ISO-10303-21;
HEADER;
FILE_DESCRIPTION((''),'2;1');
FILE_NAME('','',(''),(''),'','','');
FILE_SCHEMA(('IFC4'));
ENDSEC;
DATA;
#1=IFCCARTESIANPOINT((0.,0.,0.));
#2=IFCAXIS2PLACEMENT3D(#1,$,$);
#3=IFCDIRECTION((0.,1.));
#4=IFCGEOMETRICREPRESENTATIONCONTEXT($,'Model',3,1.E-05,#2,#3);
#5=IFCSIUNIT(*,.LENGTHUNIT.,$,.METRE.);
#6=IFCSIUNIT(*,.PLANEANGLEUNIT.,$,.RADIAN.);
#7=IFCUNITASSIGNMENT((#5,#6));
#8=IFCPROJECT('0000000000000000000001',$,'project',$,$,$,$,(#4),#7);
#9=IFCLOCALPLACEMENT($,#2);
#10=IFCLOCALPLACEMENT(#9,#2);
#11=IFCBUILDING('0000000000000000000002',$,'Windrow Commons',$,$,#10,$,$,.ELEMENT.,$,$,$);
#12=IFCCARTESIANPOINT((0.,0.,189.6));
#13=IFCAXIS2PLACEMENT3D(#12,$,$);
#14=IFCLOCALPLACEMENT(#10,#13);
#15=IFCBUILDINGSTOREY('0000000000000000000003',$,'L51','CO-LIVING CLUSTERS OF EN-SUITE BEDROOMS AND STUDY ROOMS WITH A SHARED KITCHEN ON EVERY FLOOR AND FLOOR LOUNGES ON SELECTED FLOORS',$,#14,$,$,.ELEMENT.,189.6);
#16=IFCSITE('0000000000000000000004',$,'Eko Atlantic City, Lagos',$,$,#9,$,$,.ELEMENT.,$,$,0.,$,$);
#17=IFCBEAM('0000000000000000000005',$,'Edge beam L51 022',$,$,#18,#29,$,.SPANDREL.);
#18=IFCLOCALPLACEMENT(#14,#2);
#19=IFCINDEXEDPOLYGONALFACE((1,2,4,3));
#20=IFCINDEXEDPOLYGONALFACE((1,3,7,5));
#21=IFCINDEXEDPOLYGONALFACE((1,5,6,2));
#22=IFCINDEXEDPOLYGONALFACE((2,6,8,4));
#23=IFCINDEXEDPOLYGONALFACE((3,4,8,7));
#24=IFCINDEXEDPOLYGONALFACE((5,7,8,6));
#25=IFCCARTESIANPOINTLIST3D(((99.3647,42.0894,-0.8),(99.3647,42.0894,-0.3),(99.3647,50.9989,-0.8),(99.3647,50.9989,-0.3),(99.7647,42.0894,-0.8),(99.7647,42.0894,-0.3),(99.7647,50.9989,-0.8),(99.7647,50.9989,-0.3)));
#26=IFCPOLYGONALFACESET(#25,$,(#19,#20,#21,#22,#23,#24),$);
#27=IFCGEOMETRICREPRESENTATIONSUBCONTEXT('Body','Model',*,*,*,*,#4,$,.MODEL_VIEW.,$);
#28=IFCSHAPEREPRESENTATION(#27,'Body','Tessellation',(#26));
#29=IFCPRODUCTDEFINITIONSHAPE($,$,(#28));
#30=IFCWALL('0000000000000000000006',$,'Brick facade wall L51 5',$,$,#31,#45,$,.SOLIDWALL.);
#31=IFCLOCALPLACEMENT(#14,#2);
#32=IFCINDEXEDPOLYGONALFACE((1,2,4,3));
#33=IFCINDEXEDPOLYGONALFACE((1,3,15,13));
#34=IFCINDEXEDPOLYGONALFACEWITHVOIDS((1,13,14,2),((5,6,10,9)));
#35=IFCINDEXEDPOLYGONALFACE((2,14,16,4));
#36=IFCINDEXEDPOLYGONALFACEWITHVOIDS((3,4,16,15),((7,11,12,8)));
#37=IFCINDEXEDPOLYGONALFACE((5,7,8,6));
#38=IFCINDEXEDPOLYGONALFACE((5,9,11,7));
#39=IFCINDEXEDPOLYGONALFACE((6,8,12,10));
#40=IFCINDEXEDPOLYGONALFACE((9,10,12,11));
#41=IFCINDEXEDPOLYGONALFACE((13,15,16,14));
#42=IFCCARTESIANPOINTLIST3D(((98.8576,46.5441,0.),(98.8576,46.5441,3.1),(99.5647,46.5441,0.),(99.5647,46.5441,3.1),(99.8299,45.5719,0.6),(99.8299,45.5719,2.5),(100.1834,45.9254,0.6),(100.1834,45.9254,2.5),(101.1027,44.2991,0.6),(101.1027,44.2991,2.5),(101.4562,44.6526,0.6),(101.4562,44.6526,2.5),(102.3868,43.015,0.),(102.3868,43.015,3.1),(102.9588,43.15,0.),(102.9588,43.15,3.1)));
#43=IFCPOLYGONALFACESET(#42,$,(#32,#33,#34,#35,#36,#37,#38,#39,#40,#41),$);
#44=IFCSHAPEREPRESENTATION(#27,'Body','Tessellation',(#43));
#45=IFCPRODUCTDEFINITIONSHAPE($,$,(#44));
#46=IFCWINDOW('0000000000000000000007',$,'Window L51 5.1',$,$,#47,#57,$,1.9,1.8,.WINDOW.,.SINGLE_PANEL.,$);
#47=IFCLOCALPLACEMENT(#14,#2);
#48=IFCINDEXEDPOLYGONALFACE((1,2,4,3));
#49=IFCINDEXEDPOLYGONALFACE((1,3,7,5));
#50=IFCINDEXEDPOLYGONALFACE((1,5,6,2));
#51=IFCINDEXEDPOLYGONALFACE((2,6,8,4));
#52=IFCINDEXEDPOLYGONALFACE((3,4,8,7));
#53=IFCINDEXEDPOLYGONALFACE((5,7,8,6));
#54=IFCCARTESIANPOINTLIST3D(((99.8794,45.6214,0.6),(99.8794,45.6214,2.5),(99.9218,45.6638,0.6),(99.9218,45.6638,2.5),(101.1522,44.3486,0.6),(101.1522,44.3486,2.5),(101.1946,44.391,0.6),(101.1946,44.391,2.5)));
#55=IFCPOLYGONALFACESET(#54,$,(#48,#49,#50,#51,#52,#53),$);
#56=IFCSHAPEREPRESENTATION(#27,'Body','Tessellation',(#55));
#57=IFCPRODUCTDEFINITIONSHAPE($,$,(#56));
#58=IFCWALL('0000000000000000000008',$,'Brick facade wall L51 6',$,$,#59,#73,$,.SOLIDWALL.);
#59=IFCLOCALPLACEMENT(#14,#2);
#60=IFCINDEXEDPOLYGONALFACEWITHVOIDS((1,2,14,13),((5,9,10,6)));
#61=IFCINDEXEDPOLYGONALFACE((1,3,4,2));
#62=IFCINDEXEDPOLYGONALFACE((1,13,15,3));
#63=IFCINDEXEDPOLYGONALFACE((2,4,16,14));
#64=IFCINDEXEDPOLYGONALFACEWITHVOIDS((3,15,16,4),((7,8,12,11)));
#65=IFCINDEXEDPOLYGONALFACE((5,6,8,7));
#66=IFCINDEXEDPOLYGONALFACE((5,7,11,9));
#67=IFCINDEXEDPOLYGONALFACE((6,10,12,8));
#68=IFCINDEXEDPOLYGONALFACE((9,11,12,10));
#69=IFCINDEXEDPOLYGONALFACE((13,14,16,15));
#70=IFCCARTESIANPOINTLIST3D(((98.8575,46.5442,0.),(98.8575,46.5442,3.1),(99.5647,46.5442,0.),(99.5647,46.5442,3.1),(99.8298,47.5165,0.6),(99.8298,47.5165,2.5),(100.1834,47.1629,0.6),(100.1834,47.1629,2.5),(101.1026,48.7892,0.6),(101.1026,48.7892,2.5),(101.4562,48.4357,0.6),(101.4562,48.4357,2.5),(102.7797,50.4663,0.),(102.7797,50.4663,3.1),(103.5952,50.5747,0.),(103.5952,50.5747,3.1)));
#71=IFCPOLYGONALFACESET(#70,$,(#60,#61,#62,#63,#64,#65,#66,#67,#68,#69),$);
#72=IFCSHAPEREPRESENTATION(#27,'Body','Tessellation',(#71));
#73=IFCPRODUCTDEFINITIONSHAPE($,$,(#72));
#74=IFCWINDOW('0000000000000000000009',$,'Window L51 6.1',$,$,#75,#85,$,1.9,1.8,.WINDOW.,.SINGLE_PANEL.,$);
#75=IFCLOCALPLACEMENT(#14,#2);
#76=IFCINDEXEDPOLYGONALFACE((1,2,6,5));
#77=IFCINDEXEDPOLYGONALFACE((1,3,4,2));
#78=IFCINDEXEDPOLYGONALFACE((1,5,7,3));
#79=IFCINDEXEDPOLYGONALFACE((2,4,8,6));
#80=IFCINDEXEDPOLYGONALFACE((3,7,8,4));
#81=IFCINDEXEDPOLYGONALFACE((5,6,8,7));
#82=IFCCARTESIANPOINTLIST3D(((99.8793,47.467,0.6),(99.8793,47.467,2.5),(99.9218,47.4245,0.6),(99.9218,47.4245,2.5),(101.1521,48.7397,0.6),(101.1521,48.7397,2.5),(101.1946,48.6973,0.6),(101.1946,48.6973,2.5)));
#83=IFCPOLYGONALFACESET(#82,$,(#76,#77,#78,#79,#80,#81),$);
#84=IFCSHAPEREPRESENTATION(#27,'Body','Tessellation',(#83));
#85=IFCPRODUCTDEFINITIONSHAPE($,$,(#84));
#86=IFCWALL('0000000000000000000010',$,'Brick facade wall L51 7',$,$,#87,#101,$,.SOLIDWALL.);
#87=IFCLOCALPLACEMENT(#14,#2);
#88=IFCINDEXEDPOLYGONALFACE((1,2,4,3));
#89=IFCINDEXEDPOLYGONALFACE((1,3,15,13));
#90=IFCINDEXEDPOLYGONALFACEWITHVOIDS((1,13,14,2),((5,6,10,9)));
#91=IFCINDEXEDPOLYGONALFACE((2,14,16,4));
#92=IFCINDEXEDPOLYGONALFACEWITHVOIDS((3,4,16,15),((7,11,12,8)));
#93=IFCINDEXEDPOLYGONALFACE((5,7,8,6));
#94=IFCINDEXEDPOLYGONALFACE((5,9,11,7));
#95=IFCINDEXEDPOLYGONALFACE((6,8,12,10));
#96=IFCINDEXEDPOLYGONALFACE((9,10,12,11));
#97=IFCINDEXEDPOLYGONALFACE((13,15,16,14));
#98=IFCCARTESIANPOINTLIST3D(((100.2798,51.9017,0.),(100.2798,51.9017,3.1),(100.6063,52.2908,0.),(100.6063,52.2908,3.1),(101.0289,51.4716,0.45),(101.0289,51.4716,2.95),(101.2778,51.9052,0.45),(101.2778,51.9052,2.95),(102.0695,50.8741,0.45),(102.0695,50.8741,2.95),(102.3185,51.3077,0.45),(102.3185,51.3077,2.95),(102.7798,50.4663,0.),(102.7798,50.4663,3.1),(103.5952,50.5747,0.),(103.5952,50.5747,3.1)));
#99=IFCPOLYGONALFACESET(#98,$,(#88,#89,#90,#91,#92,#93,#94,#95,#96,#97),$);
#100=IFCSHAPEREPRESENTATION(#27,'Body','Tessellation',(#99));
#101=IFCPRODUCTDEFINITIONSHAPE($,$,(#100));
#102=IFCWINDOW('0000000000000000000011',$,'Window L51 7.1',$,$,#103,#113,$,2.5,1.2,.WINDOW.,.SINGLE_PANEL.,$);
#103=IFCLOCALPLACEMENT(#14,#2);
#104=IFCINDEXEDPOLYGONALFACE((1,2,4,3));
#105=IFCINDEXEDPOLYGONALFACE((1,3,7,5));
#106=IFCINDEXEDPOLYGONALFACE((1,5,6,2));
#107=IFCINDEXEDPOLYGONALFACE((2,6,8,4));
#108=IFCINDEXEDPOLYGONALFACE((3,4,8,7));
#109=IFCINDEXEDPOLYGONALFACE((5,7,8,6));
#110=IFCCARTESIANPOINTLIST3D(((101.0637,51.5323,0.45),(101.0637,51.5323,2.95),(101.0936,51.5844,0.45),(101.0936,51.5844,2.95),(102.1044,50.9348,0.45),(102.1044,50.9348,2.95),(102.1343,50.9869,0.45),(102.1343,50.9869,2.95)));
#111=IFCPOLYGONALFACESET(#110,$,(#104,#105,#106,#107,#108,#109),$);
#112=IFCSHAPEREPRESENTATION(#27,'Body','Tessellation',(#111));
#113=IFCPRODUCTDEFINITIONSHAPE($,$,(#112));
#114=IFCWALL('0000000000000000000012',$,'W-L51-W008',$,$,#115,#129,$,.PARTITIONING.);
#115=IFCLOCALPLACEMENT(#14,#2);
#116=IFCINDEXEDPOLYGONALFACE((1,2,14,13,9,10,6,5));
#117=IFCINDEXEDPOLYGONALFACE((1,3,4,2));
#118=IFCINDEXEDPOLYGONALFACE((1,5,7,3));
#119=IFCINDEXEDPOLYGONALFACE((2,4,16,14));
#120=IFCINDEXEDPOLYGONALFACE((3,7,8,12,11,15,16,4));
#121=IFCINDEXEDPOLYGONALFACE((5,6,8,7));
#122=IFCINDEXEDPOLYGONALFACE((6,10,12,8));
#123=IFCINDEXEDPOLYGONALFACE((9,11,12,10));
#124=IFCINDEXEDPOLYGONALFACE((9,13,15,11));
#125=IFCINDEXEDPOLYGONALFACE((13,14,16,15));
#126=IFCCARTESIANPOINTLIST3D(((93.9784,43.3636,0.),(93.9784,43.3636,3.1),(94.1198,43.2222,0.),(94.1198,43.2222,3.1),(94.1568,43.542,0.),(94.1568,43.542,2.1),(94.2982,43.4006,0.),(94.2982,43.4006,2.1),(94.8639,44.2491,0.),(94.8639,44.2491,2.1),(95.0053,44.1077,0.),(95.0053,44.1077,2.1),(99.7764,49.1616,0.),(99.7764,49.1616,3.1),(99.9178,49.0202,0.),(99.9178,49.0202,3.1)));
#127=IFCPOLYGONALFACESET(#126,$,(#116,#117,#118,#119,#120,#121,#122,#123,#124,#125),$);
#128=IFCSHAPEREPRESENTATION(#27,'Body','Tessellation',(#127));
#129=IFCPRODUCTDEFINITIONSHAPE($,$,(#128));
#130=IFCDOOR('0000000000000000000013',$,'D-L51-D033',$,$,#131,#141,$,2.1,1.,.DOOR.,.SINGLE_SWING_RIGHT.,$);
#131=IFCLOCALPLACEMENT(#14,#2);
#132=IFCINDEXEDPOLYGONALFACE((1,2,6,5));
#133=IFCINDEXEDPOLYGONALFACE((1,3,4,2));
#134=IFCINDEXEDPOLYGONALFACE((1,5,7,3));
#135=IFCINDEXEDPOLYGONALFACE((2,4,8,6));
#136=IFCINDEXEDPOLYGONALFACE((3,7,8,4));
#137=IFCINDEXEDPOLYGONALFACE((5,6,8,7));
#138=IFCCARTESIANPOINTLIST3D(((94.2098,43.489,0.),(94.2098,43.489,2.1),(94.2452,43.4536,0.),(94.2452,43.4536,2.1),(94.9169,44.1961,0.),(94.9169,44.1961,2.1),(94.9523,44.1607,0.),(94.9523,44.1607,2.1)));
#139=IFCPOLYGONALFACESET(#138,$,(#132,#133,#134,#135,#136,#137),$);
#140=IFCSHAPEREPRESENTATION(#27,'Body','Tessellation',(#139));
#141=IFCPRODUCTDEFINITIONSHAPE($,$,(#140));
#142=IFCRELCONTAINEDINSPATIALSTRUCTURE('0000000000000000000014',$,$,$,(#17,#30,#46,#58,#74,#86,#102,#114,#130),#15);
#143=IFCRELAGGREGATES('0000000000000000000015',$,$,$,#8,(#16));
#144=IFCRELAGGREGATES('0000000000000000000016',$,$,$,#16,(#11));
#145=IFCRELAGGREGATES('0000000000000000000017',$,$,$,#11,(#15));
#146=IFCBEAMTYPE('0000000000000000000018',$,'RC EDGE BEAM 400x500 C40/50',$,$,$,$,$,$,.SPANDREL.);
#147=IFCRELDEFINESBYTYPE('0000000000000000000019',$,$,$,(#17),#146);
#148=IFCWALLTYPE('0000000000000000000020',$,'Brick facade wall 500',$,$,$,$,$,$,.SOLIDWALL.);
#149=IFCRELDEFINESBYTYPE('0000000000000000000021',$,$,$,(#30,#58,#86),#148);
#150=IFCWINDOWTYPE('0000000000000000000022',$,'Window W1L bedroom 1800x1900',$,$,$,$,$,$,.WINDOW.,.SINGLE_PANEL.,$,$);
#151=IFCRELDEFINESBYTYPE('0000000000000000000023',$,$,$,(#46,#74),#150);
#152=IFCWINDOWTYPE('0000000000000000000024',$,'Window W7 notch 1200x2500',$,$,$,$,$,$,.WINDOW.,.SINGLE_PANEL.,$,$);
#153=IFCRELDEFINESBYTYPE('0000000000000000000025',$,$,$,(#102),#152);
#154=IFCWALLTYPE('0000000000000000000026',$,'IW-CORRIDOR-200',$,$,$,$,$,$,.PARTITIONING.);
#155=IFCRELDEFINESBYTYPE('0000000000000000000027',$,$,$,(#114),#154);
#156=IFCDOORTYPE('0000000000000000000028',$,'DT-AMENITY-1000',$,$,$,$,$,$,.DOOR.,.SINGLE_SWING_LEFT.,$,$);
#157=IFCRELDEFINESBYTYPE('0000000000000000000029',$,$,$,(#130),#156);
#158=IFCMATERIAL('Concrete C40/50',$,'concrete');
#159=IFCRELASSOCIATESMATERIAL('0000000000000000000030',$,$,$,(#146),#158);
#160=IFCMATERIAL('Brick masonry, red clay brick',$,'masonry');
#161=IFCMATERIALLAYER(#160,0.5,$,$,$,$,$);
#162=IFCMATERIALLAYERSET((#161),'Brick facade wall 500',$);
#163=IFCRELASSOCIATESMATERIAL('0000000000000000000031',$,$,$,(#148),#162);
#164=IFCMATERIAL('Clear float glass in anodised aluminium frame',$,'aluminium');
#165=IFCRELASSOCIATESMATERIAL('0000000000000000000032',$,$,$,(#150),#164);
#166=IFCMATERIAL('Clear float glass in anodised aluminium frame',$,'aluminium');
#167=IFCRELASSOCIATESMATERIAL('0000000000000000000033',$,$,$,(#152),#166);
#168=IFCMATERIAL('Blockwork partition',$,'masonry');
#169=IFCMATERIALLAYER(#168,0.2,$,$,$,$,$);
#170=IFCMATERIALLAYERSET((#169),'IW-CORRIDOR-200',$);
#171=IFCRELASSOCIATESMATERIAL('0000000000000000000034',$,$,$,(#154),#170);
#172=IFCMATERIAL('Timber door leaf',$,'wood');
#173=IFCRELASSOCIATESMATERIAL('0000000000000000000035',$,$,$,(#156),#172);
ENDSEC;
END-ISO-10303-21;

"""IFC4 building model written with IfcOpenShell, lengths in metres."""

from ifc_helpers import new_model, si_unit, direction, frame, frame_2d, origin, origin_2d, place, context, subcontext, project, spatial, polyline, rectangle, outline, extrude, material, layer, layer_set, material_profile, profile_set, type_object, element, fill, save


model = new_model("IFC4")

# Units and contexts
model_context = context("Model", 3, precision=1e-05, world=origin(), true_north=direction((0.0, 1.0)))
body_context = subcontext(model_context, "Body", "Model", "MODEL_VIEW")
ifc_project = project(units=[si_unit("LENGTHUNIT", "METRE"), si_unit("PLANEANGLEUNIT", "RADIAN")], contexts=[model_context])

# Site, building, storey
site_placement = place(None, origin())
site = spatial("IfcSite", under=ifc_project, at=site_placement, Name="Eko Atlantic City, Lagos", CompositionType="ELEMENT", RefElevation=0.0)
building_placement = place(site_placement, origin())
building = spatial("IfcBuilding", under=site, at=building_placement, Name="Windrow Commons", CompositionType="ELEMENT")
storey_placement = place(building_placement, frame((0.0, 0.0, 189.6)))
storey = spatial("IfcBuildingStorey", under=building, at=storey_placement, Name="L51", Description="CO-LIVING CLUSTERS OF EN-SUITE BEDROOMS AND STUDY ROOMS WITH A SHARED KITCHEN ON EVERY FLOOR AND FLOOR LOUNGES ON SELECTED FLOORS", CompositionType="ELEMENT", Elevation=189.6)

# Beam
ifc_material_1 = material(Name="Concrete C40/50", Category="concrete")
ifc_material_profile = material_profile(ifc_material_1, rectangle(XDim=0.4, YDim=0.5, at=origin_2d()))
ifc_profile_set = profile_set([ifc_material_profile], Name="Concrete C40/50")
beam_type = type_object("IfcBeamType", Name="RC EDGE BEAM 400x500 C40/50", PredefinedType="SPANDREL", material=ifc_profile_set)
beam_placement = place(storey_placement, frame((99.5647, 50.9989, -0.55), z_axis=(0.0, -1.0, 0.0), x_axis=(1.0, 0.0, 0.0)))
element("IfcBeam", 1, at=beam_placement, inside=storey, type_object=beam_type, Name="Edge beam L51 022", PredefinedType="SPANDREL", context=body_context, shape_type="SweptSolid", body=[
    extrude(rectangle(XDim=0.4, YDim=0.5, at=origin_2d()), origin(), (0.0, 0.0, 1.0), 8.9095),
])

# Walls, openings, windows
ifc_material_2 = material(Name="Brick masonry, red clay brick", Category="masonry")
ifc_layer_1 = layer(ifc_material_2, 0.5)
ifc_layer_set_1 = layer_set([ifc_layer_1], Name="Brick facade wall 500")
wall_type_1 = type_object("IfcWallType", Name="Brick facade wall 500", PredefinedType="SOLIDWALL", material=ifc_layer_set_1)
wall_1_placement = place(storey_placement, frame((102.6728, 43.0825, 0.0), z_axis=(0.0, 0.0, 1.0), x_axis=(-0.707107, 0.707107, 0.0)))
wall_1 = element("IfcWall", 2, at=wall_1_placement, inside=storey, type_object=wall_type_1, Name="Brick facade wall L51 5", PredefinedType="SOLIDWALL", context=body_context, shape_type="SweptSolid", body=[
    extrude(outline(polyline([(-0.1545, -0.25), (4.6455, -0.25), (5.1455, 0.25), (0.1545, 0.25), (-0.1545, -0.25)])), origin(), (0.0, 0.0, 1.0), 3.1),
])
opening_1_placement = place(wall_1_placement, frame((1.9705, 0.0, 0.6)))
opening_1 = element("IfcOpeningElement", 3, at=opening_1_placement, cuts=wall_1, PredefinedType="OPENING", context=body_context, shape_type="SweptSolid", body=[
    extrude(rectangle(XDim=1.8, YDim=1.9, at=frame_2d((0.9, 0.95))), frame((0.0, 0.26, 0.0), z_axis=(0.0, -1.0, 0.0), x_axis=(1.0, 0.0, 0.0)), (0.0, 0.0, 1.0), 0.52),
])
ifc_material_3 = material(Name="Clear float glass in anodised aluminium frame", Category="aluminium")
window_type_1 = type_object("IfcWindowType", Name="Window W1L bedroom 1800x1900", PartitioningType="SINGLE_PANEL", PredefinedType="WINDOW", material=ifc_material_3)
window_1_placement = place(opening_1_placement, origin())
window_1 = element("IfcWindow", 4, at=window_1_placement, inside=storey, type_object=window_type_1, Name="Window L51 5.1", OverallHeight=1.9, OverallWidth=1.8, PartitioningType="SINGLE_PANEL", PredefinedType="WINDOW", context=body_context, shape_type="SweptSolid", body=[
    extrude(rectangle(XDim=1.8, YDim=1.9, at=frame_2d((0.9, 0.95))), frame((0.0, 0.18, 0.0), z_axis=(0.0, -1.0, 0.0), x_axis=(1.0, 0.0, 0.0)), (0.0, 0.0, 1.0), 0.06),
])
fill(opening_1, window_1)
wall_2_placement = place(storey_placement, frame((99.2111, 46.5442, 0.0), z_axis=(0.0, 0.0, 1.0), x_axis=(0.707116, 0.707098, 0.0)))
wall_2 = element("IfcWall", 5, at=wall_2_placement, inside=storey, type_object=wall_type_1, Name="Brick facade wall L51 6", PredefinedType="SOLIDWALL", context=body_context, shape_type="SweptSolid", body=[
    extrude(outline(polyline([(0.25, -0.25), (5.95, -0.25), (5.2967, 0.25), (-0.25, 0.25), (0.25, -0.25)])), origin(), (0.0, 0.0, 1.0), 3.1),
])
opening_2_placement = place(wall_2_placement, frame((1.125, 0.0, 0.6)))
opening_2 = element("IfcOpeningElement", 6, at=opening_2_placement, cuts=wall_2, PredefinedType="OPENING", context=body_context, shape_type="SweptSolid", body=[
    extrude(rectangle(XDim=1.8, YDim=1.9, at=frame_2d((0.9, 0.95))), frame((0.0, 0.26, 0.0), z_axis=(0.0, -1.0, 0.0), x_axis=(1.0, 0.0, 0.0)), (0.0, 0.0, 1.0), 0.52),
])
window_2_placement = place(opening_2_placement, origin())
window_2 = element("IfcWindow", 7, at=window_2_placement, inside=storey, type_object=window_type_1, Name="Window L51 6.1", OverallHeight=1.9, OverallWidth=1.8, PartitioningType="SINGLE_PANEL", PredefinedType="WINDOW", context=body_context, shape_type="SweptSolid", body=[
    extrude(rectangle(XDim=1.8, YDim=1.9, at=frame_2d((0.9, 0.95))), frame((0.0, 0.18, 0.0), z_axis=(0.0, -1.0, 0.0), x_axis=(1.0, 0.0, 0.0)), (0.0, 0.0, 1.0), 0.06),
])
fill(opening_2, window_2)
wall_3_placement = place(storey_placement, frame((103.1875, 50.5205, 0.0), z_axis=(0.0, 0.0, 1.0), x_axis=(-0.867218, 0.497928, 0.0)))
wall_3 = element("IfcWall", 8, at=wall_3_placement, inside=storey, type_object=wall_type_1, Name="Brick facade wall L51 7", PredefinedType="SOLIDWALL", context=body_context, shape_type="SweptSolid", body=[
    extrude(outline(polyline([(-0.3266, -0.25), (3.1199, -0.25), (3.2094, 0.25), (0.3266, 0.25), (-0.3266, -0.25)])), origin(), (0.0, 0.0, 1.0), 3.1),
])
opening_3_placement = place(wall_3_placement, frame((1.1456, 0.0, 0.45)))
opening_3 = element("IfcOpeningElement", 9, at=opening_3_placement, cuts=wall_3, PredefinedType="OPENING", context=body_context, shape_type="SweptSolid", body=[
    extrude(rectangle(XDim=1.2, YDim=2.5, at=frame_2d((0.6, 1.25))), frame((0.0, 0.26, 0.0), z_axis=(0.0, -1.0, 0.0), x_axis=(1.0, 0.0, 0.0)), (0.0, 0.0, 1.0), 0.52),
])
ifc_material_4 = material(Name="Clear float glass in anodised aluminium frame", Category="aluminium")
window_type_2 = type_object("IfcWindowType", Name="Window W7 notch 1200x2500", PartitioningType="SINGLE_PANEL", PredefinedType="WINDOW", material=ifc_material_4)
window_3_placement = place(opening_3_placement, origin())
window_3 = element("IfcWindow", 10, at=window_3_placement, inside=storey, type_object=window_type_2, Name="Window L51 7.1", OverallHeight=2.5, OverallWidth=1.2, PartitioningType="SINGLE_PANEL", PredefinedType="WINDOW", context=body_context, shape_type="SweptSolid", body=[
    extrude(rectangle(XDim=1.2, YDim=2.5, at=frame_2d((0.6, 1.25))), frame((0.0, 0.18, 0.0), z_axis=(0.0, -1.0, 0.0), x_axis=(1.0, 0.0, 0.0)), (0.0, 0.0, 1.0), 0.06),
])
fill(opening_3, window_3)

# Wall, opening, door
ifc_material_5 = material(Name="Blockwork partition", Category="masonry")
ifc_layer_2 = layer(ifc_material_5, 0.2)
ifc_layer_set_2 = layer_set([ifc_layer_2], Name="IW-CORRIDOR-200")
wall_type_2 = type_object("IfcWallType", Name="IW-CORRIDOR-200", PredefinedType="PARTITIONING", material=ifc_layer_set_2)
wall_4_placement = place(storey_placement, frame((94.0491, 43.2929, 0.0), z_axis=(0.0, 0.0, 1.0), x_axis=(0.707107, 0.707107, 0.0)))
wall_4 = element("IfcWall", 11, at=wall_4_placement, inside=storey, type_object=wall_type_2, Name="W-L51-W008", PredefinedType="PARTITIONING", context=body_context, shape_type="SweptSolid", body=[
    extrude(rectangle(XDim=8.1996, YDim=0.2, at=frame_2d((4.0998, 0.0))), origin(), (0.0, 0.0, 1.0), 3.1),
])
opening_4_placement = place(wall_4_placement, frame((0.2523, 0.0, 0.0)))
opening_4 = element("IfcOpeningElement", 12, at=opening_4_placement, cuts=wall_4, PredefinedType="OPENING", context=body_context, shape_type="SweptSolid", body=[
    extrude(rectangle(XDim=1.0, YDim=2.1, at=frame_2d((0.5, 1.05))), frame((0.0, 0.11, 0.0), z_axis=(0.0, -1.0, 0.0), x_axis=(1.0, 0.0, 0.0)), (0.0, 0.0, 1.0), 0.22),
])
ifc_material_6 = material(Name="Timber door leaf", Category="wood")
door_type_1 = type_object("IfcDoorType", Name="DT-AMENITY-1000", OperationType="SINGLE_SWING_LEFT", PredefinedType="DOOR", material=ifc_material_6)
door_1_placement = place(opening_4_placement, origin())
door_1 = element("IfcDoor", 13, at=door_1_placement, inside=storey, type_object=door_type_1, Name="D-L51-D033", OperationType="SINGLE_SWING_RIGHT", OverallHeight=2.1, OverallWidth=1.0, PredefinedType="DOOR", context=body_context, shape_type="SweptSolid", body=[
    extrude(rectangle(XDim=1.0, YDim=2.1, at=frame_2d((0.5, 1.05))), frame((0.0, 0.025, 0.0), z_axis=(0.0, -1.0, 0.0), x_axis=(1.0, 0.0, 0.0)), (0.0, 0.0, 1.0), 0.05),
])
fill(opening_4, door_1)

save(model, "model.ifc")
